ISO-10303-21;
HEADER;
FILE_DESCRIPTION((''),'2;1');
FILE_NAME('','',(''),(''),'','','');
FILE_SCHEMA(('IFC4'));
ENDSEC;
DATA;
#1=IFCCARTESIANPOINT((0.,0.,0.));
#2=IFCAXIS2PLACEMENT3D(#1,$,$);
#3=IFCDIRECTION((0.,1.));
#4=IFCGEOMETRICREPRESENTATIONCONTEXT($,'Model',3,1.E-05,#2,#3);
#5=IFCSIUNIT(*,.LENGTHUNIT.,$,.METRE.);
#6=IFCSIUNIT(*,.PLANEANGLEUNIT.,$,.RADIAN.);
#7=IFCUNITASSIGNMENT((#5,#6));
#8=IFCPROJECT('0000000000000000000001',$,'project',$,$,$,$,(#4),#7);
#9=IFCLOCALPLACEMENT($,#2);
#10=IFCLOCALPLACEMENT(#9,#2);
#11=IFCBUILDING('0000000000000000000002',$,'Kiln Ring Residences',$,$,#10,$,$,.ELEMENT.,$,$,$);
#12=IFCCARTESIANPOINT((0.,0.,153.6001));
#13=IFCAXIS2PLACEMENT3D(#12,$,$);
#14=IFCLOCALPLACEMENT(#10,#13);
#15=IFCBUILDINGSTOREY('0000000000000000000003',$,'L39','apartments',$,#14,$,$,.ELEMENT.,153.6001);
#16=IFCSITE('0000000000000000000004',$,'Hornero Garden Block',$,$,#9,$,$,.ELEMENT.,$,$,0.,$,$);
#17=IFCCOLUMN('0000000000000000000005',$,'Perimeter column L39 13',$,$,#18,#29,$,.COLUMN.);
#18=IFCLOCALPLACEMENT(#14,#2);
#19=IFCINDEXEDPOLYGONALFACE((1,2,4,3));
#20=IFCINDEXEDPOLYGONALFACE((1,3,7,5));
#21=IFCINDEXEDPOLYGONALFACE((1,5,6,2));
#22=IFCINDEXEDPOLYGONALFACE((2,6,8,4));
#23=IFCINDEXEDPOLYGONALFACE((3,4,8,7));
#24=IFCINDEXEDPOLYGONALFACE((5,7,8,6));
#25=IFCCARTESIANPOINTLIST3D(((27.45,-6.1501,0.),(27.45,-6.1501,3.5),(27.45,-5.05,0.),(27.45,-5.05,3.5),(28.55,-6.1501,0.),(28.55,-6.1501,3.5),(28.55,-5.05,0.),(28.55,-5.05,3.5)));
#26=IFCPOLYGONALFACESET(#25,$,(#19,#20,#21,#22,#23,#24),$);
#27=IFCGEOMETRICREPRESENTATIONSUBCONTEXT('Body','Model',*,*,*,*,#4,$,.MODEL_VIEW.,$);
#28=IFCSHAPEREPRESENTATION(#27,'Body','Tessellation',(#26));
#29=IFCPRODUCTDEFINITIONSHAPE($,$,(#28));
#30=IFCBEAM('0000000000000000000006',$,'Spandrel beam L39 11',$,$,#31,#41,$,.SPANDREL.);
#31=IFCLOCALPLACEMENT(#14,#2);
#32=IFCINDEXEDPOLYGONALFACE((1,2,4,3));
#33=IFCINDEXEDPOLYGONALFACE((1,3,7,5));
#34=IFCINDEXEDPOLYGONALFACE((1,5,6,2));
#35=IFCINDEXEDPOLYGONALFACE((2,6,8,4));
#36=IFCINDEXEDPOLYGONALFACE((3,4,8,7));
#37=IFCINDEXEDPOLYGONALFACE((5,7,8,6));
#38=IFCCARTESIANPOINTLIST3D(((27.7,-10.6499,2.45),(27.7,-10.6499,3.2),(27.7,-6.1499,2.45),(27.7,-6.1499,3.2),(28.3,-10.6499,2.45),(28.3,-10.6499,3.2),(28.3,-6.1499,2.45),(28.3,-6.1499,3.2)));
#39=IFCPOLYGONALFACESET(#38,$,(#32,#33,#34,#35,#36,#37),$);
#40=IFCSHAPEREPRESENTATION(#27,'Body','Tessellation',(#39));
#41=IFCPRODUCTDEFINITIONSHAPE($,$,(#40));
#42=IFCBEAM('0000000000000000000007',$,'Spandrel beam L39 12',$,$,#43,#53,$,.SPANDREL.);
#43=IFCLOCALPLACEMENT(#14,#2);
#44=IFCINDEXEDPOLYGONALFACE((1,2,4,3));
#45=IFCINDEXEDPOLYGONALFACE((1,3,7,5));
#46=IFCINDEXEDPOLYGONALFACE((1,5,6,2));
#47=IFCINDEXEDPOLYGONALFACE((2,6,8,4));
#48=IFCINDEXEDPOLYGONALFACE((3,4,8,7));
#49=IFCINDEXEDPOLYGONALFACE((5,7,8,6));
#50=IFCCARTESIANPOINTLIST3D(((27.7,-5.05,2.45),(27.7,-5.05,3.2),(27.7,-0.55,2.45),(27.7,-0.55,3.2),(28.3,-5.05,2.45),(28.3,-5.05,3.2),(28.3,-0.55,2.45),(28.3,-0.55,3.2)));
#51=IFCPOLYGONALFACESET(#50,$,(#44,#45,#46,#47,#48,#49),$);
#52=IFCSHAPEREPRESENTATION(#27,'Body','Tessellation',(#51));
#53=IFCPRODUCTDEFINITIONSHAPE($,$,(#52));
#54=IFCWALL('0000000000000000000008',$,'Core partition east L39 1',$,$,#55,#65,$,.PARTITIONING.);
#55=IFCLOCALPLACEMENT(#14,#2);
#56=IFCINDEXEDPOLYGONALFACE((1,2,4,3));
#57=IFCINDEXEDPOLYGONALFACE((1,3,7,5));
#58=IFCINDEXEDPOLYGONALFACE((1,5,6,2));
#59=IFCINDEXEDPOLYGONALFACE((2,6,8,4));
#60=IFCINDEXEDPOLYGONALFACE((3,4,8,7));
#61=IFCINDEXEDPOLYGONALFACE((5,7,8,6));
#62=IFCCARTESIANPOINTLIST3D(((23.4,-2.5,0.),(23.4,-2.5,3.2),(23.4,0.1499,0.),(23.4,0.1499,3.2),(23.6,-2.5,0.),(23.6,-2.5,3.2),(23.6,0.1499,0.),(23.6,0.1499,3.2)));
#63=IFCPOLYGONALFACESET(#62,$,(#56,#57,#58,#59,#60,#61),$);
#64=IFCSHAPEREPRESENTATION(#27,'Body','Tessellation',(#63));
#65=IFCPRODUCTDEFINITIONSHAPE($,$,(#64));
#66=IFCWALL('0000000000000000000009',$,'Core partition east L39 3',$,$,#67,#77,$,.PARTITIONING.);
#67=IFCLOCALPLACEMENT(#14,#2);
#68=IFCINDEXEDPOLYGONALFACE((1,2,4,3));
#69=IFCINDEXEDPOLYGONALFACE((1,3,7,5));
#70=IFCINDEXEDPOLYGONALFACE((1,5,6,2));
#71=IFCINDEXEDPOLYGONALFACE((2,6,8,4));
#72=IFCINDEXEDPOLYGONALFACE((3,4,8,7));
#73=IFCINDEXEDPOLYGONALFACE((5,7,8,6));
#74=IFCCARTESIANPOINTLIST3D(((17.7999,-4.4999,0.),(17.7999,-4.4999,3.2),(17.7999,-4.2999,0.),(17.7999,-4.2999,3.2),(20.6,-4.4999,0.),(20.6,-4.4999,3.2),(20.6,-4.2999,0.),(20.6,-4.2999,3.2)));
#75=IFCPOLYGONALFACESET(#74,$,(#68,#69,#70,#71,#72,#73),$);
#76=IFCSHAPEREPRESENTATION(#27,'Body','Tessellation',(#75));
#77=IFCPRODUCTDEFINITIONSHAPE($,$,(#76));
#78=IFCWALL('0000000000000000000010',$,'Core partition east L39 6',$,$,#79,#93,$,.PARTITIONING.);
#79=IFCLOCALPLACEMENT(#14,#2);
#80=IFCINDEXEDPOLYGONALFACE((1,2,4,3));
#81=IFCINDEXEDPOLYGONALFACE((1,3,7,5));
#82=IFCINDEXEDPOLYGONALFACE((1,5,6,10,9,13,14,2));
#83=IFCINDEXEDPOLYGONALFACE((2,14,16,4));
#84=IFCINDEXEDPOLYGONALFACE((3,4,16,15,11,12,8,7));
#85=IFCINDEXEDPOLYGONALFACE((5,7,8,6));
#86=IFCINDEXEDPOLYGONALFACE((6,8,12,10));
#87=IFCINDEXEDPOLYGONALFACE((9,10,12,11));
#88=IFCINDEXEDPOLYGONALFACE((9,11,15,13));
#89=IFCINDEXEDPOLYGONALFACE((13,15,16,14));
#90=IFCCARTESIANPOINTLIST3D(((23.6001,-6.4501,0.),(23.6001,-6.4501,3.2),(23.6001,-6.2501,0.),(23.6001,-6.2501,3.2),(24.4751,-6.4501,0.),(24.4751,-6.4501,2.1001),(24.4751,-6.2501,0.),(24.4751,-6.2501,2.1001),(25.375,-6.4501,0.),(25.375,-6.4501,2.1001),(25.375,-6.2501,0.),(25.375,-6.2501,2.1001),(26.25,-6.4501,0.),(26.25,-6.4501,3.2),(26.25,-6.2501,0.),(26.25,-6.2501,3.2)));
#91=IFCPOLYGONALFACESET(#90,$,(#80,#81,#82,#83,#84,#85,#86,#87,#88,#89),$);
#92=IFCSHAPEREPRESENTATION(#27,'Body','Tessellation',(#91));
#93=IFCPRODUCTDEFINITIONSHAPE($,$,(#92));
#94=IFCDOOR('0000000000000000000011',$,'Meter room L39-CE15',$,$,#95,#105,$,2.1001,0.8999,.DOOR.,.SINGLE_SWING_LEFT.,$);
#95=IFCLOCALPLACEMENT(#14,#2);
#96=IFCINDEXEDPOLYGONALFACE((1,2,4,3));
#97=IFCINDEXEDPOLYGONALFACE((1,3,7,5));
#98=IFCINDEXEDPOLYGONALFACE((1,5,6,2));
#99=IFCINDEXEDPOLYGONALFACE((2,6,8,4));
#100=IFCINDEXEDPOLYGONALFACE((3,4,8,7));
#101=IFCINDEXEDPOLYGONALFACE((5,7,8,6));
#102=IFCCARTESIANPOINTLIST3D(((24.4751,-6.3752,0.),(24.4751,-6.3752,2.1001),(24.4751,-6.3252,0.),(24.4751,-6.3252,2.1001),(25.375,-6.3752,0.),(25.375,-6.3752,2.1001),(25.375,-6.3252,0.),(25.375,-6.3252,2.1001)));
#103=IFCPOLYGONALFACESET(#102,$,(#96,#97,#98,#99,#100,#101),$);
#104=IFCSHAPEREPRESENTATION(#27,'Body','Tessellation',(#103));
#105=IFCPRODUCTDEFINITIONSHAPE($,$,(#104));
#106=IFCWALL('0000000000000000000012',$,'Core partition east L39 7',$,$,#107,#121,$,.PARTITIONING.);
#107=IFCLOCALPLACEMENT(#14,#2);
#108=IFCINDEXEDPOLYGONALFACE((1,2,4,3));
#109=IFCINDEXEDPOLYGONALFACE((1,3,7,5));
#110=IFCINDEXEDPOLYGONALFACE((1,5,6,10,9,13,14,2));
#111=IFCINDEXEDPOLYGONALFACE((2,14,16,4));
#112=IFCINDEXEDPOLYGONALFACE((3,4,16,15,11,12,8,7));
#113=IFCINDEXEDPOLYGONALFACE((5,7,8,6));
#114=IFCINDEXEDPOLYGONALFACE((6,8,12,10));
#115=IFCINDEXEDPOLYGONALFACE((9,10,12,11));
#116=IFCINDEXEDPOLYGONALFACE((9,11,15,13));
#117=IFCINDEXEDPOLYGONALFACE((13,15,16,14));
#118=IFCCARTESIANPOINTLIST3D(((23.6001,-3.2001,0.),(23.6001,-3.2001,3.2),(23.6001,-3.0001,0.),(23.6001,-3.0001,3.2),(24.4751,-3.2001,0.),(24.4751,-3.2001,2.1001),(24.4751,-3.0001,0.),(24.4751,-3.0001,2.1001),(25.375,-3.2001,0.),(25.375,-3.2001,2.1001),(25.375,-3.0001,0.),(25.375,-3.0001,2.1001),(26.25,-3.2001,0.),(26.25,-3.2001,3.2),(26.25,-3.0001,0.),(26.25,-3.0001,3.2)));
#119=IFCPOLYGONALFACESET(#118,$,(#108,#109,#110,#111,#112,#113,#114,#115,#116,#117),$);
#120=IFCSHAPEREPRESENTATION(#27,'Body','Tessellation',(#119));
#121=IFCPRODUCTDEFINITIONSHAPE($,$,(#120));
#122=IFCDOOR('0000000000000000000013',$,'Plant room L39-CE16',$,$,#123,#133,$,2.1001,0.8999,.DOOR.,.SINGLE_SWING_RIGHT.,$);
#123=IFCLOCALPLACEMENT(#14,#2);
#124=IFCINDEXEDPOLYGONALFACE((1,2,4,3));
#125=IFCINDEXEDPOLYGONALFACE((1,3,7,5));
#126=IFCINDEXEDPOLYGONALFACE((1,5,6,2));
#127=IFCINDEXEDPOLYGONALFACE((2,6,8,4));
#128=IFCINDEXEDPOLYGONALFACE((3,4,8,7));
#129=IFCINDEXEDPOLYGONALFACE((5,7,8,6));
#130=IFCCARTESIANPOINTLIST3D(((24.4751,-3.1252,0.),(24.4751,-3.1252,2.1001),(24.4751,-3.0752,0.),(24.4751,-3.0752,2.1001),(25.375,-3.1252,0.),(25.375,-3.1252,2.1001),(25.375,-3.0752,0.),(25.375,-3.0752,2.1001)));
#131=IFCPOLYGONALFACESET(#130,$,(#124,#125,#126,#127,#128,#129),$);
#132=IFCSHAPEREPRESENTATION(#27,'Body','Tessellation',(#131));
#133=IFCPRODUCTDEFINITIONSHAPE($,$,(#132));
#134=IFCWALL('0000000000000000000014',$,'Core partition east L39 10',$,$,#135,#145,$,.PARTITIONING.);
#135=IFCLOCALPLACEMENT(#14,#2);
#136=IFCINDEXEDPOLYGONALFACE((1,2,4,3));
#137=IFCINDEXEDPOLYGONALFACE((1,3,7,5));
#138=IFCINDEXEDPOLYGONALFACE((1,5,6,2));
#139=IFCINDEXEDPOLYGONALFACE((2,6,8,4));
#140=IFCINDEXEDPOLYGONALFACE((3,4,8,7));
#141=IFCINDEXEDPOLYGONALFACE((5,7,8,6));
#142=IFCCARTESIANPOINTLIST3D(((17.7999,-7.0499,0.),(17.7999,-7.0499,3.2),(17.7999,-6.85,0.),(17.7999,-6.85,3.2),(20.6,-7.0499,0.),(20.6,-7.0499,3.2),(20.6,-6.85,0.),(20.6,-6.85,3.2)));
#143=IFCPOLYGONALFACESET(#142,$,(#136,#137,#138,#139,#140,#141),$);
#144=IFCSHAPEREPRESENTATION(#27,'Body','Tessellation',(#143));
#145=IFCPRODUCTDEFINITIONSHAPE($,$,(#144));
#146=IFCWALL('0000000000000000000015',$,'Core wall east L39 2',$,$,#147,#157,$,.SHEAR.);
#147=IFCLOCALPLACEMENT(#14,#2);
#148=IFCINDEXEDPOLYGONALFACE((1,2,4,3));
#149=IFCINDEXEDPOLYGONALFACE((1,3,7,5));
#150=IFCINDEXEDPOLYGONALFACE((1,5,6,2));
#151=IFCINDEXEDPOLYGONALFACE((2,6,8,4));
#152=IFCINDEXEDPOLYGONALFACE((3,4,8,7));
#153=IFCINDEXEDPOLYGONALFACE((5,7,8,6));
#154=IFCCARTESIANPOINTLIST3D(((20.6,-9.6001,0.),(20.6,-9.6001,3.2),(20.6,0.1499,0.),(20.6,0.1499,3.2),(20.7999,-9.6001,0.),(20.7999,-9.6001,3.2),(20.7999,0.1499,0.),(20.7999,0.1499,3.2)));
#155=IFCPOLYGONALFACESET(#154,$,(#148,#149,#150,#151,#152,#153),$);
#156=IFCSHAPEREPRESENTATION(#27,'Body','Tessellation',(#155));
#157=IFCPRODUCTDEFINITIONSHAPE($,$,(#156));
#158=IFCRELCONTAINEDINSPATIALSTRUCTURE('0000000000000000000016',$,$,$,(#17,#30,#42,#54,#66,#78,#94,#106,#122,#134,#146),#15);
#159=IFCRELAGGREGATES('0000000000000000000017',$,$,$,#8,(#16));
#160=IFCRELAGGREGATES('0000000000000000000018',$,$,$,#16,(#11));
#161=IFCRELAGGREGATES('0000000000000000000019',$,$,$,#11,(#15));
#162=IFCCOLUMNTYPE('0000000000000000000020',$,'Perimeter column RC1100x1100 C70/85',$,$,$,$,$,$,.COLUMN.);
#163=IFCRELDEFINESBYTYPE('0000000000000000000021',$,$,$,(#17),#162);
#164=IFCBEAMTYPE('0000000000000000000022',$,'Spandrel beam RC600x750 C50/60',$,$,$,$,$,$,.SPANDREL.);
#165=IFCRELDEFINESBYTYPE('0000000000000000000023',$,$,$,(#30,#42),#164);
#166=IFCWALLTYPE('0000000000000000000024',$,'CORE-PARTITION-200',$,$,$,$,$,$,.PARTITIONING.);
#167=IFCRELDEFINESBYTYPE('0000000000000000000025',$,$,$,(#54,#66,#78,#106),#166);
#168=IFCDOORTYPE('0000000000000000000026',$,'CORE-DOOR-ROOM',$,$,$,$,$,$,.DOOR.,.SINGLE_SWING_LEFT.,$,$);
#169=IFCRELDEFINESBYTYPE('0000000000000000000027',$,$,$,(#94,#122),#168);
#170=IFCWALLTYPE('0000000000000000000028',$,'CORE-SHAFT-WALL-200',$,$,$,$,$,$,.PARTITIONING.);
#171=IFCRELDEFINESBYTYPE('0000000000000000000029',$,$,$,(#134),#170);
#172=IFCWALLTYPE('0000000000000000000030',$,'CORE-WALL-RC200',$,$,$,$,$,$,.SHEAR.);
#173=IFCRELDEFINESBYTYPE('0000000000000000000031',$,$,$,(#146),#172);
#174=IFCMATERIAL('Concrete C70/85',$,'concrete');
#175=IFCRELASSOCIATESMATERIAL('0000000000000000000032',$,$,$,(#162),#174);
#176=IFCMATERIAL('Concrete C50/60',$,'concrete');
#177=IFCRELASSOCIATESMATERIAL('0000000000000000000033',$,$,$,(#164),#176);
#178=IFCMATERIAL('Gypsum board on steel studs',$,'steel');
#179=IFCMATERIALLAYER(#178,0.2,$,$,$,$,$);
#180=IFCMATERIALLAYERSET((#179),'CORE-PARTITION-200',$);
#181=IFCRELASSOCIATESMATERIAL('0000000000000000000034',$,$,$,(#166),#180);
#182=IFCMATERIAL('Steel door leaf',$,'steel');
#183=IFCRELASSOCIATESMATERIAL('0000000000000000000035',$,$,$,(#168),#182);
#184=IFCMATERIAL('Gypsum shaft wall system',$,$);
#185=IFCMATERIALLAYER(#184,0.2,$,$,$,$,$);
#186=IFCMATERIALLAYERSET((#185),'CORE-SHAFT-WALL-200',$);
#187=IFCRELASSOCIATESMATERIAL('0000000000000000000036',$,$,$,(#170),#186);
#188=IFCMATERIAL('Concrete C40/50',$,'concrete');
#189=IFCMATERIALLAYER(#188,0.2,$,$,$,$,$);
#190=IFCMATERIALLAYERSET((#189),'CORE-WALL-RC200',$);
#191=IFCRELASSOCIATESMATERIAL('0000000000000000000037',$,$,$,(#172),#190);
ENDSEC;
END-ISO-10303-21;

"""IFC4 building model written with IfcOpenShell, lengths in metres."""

from ifc_helpers import new_model, si_unit, direction, frame, frame_2d, origin, origin_2d, place, context, subcontext, project, spatial, rectangle, extrude, material, layer, layer_set, material_profile, profile_set, type_object, element, fill, save


model = new_model("IFC4")

# Units and contexts
model_context = context("Model", 3, precision=1e-05, world=origin(), true_north=direction((0.0, 1.0)))
body_context = subcontext(model_context, "Body", "Model", "MODEL_VIEW")
ifc_project = project(units=[si_unit("LENGTHUNIT", "METRE"), si_unit("PLANEANGLEUNIT", "RADIAN")], contexts=[model_context])

# Site, building, storey
site_placement = place(None, origin())
site = spatial("IfcSite", under=ifc_project, at=site_placement, Name="Hornero Garden Block", CompositionType="ELEMENT", RefElevation=0.0)
building_placement = place(site_placement, origin())
building = spatial("IfcBuilding", under=site, at=building_placement, Name="Kiln Ring Residences", CompositionType="ELEMENT")
storey_placement = place(building_placement, frame((0.0, 0.0, 153.6001)))
storey = spatial("IfcBuildingStorey", under=building, at=storey_placement, Name="L39", Description="apartments", CompositionType="ELEMENT", Elevation=153.6001)

# Column
ifc_material_1 = material(Name="Concrete C70/85", Category="concrete")
ifc_material_profile_1 = material_profile(ifc_material_1, rectangle(XDim=1.1001, YDim=1.1001, at=origin_2d()), Name="RC1100x1100")
ifc_profile_set_1 = profile_set([ifc_material_profile_1], Name="Concrete C70/85")
column_type = type_object("IfcColumnType", Name="Perimeter column RC1100x1100 C70/85", PredefinedType="COLUMN", material=ifc_profile_set_1)
column_placement = place(storey_placement, frame((28.0, -5.6001, 0.0), z_axis=(0.0, 0.0, 1.0), x_axis=(1.0, 0.0, 0.0)))
element("IfcColumn", 1, at=column_placement, inside=storey, type_object=column_type, Name="Perimeter column L39 13", PredefinedType="COLUMN", context=body_context, shape_type="SweptSolid", body=[
    extrude(rectangle(XDim=1.1001, YDim=1.1001, at=origin_2d()), origin(), (0.0, 0.0, 1.0), 3.5),
])

# Beams
ifc_material_2 = material(Name="Concrete C50/60", Category="concrete")
ifc_material_profile_2 = material_profile(ifc_material_2, rectangle(XDim=0.6001, YDim=0.75, at=origin_2d()), Name="RC600x750")
ifc_profile_set_2 = profile_set([ifc_material_profile_2], Name="Concrete C50/60")
beam_type = type_object("IfcBeamType", Name="Spandrel beam RC600x750 C50/60", PredefinedType="SPANDREL", material=ifc_profile_set_2)
for number, where, z_axis, x_axis, name in (
    (2, (28.0, -10.6499, 2.825), (0.0, 1.0, 0.0), (-1.0, 0.0, 0.0), "Spandrel beam L39 11"),
    (3, (28.0, -5.05, 2.825), (0.0, 1.0, 0.0), (-1.0, 0.0, 0.0), "Spandrel beam L39 12"),
):
    element("IfcBeam", number, at=place(storey_placement, frame(where, z_axis=z_axis, x_axis=x_axis)), inside=storey, type_object=beam_type, Name=name, PredefinedType="SPANDREL", context=body_context, shape_type="SweptSolid", body=[
        extrude(rectangle(XDim=0.6001, YDim=0.75, at=origin_2d()), origin(), (0.0, 0.0, 1.0), 4.5),
    ])

# Walls
ifc_material_3 = material(Name="Gypsum board on steel studs", Category="steel")
ifc_layer_1 = layer(ifc_material_3, 0.2)
ifc_layer_set_1 = layer_set([ifc_layer_1], Name="CORE-PARTITION-200")
wall_type_1 = type_object("IfcWallType", Name="CORE-PARTITION-200", PredefinedType="PARTITIONING", material=ifc_layer_set_1)
wall_1_placement = place(storey_placement, frame((23.5, -2.5, 0.0), z_axis=(0.0, 0.0, 1.0), x_axis=(0.0, 1.0, 0.0)))
element("IfcWall", 4, at=wall_1_placement, inside=storey, type_object=wall_type_1, Name="Core partition east L39 1", PredefinedType="PARTITIONING", context=body_context, shape_type="SweptSolid", body=[
    extrude(rectangle(XDim=2.6499, YDim=0.2, at=frame_2d((1.325, 0.0))), origin(), (0.0, 0.0, 1.0), 3.2),
])
wall_2_placement = place(storey_placement, frame((17.8, -4.3999, 0.0), z_axis=(0.0, 0.0, 1.0), x_axis=(1.0, 0.0, 0.0)))
element("IfcWall", 5, at=wall_2_placement, inside=storey, type_object=wall_type_1, Name="Core partition east L39 3", PredefinedType="PARTITIONING", context=body_context, shape_type="SweptSolid", body=[
    extrude(rectangle(XDim=2.8, YDim=0.2, at=frame_2d((1.3999, 0.0))), origin(), (0.0, 0.0, 1.0), 3.2),
])

# Walls, openings, doors
wall_3_placement = place(storey_placement, frame((23.6001, -6.3501, 0.0), z_axis=(0.0, 0.0, 1.0), x_axis=(1.0, 0.0, 0.0)))
wall_3 = element("IfcWall", 6, at=wall_3_placement, inside=storey, type_object=wall_type_1, Name="Core partition east L39 6", PredefinedType="PARTITIONING", context=body_context, shape_type="SweptSolid", body=[
    extrude(rectangle(XDim=2.6499, YDim=0.2, at=frame_2d((1.325, 0.0))), origin(), (0.0, 0.0, 1.0), 3.2),
])
opening_1_placement = place(wall_3_placement, frame((0.875, 0.0, 0.0)))
opening_1 = element("IfcOpeningElement", 7, at=opening_1_placement, cuts=wall_3, PredefinedType="OPENING", context=body_context, shape_type="SweptSolid", body=[
    extrude(rectangle(XDim=0.8999, YDim=2.1001, at=frame_2d((0.45, 1.05))), frame((0.0, 0.1099, 0.0), z_axis=(0.0, -1.0, 0.0), x_axis=(1.0, 0.0, 0.0)), (0.0, 0.0, 1.0), 0.22),
])
ifc_material_4 = material(Name="Steel door leaf", Category="steel")
door_type_1 = type_object("IfcDoorType", Name="CORE-DOOR-ROOM", OperationType="SINGLE_SWING_LEFT", PredefinedType="DOOR", material=ifc_material_4)
door_1_placement = place(opening_1_placement, origin())
door_1 = element("IfcDoor", 8, at=door_1_placement, inside=storey, type_object=door_type_1, Name="Meter room L39-CE15", OperationType="SINGLE_SWING_LEFT", OverallHeight=2.1001, OverallWidth=0.8999, PredefinedType="DOOR", context=body_context, shape_type="SweptSolid", body=[
    extrude(rectangle(XDim=0.8999, YDim=2.1001, at=frame_2d((0.45, 1.05))), frame((0.0, 0.0249, 0.0), z_axis=(0.0, -1.0, 0.0), x_axis=(1.0, 0.0, 0.0)), (0.0, 0.0, 1.0), 0.05),
])
fill(opening_1, door_1)
wall_4_placement = place(storey_placement, frame((23.6001, -3.1001, 0.0), z_axis=(0.0, 0.0, 1.0), x_axis=(1.0, 0.0, 0.0)))
wall_4 = element("IfcWall", 9, at=wall_4_placement, inside=storey, type_object=wall_type_1, Name="Core partition east L39 7", PredefinedType="PARTITIONING", context=body_context, shape_type="SweptSolid", body=[
    extrude(rectangle(XDim=2.6499, YDim=0.2, at=frame_2d((1.325, 0.0))), origin(), (0.0, 0.0, 1.0), 3.2),
])
opening_2_placement = place(wall_4_placement, frame((0.875, 0.0, 0.0)))
opening_2 = element("IfcOpeningElement", 10, at=opening_2_placement, cuts=wall_4, PredefinedType="OPENING", context=body_context, shape_type="SweptSolid", body=[
    extrude(rectangle(XDim=0.8999, YDim=2.1001, at=frame_2d((0.45, 1.05))), frame((0.0, 0.1099, 0.0), z_axis=(0.0, -1.0, 0.0), x_axis=(1.0, 0.0, 0.0)), (0.0, 0.0, 1.0), 0.22),
])
door_2_placement = place(opening_2_placement, origin())
door_2 = element("IfcDoor", 11, at=door_2_placement, inside=storey, type_object=door_type_1, Name="Plant room L39-CE16", OperationType="SINGLE_SWING_RIGHT", OverallHeight=2.1001, OverallWidth=0.8999, PredefinedType="DOOR", context=body_context, shape_type="SweptSolid", body=[
    extrude(rectangle(XDim=0.8999, YDim=2.1001, at=frame_2d((0.45, 1.05))), frame((0.0, 0.0249, 0.0), z_axis=(0.0, -1.0, 0.0), x_axis=(1.0, 0.0, 0.0)), (0.0, 0.0, 1.0), 0.05),
])
fill(opening_2, door_2)

# Walls
ifc_material_5 = material(Name="Gypsum shaft wall system")
ifc_layer_2 = layer(ifc_material_5, 0.2)
ifc_layer_set_2 = layer_set([ifc_layer_2], Name="CORE-SHAFT-WALL-200")
wall_type_2 = type_object("IfcWallType", Name="CORE-SHAFT-WALL-200", PredefinedType="PARTITIONING", material=ifc_layer_set_2)
wall_5_placement = place(storey_placement, frame((17.8, -6.95, 0.0), z_axis=(0.0, 0.0, 1.0), x_axis=(1.0, 0.0, 0.0)))
element("IfcWall", 12, at=wall_5_placement, inside=storey, type_object=wall_type_2, Name="Core partition east L39 10", PredefinedType="PARTITIONING", context=body_context, shape_type="SweptSolid", body=[
    extrude(rectangle(XDim=2.8, YDim=0.2, at=frame_2d((1.3999, 0.0))), origin(), (0.0, 0.0, 1.0), 3.2),
])
ifc_material_6 = material(Name="Concrete C40/50", Category="concrete")
ifc_layer_3 = layer(ifc_material_6, 0.2)
ifc_layer_set_3 = layer_set([ifc_layer_3], Name="CORE-WALL-RC200")
wall_type_3 = type_object("IfcWallType", Name="CORE-WALL-RC200", PredefinedType="SHEAR", material=ifc_layer_set_3)
wall_6_placement = place(storey_placement, frame((20.7, -9.6001, 0.0), z_axis=(0.0, 0.0, 1.0), x_axis=(0.0, 1.0, 0.0)))
element("IfcWall", 13, at=wall_6_placement, inside=storey, type_object=wall_type_3, Name="Core wall east L39 2", PredefinedType="SHEAR", context=body_context, shape_type="SweptSolid", body=[
    extrude(rectangle(XDim=9.75, YDim=0.2, at=frame_2d((4.875, 0.0))), origin(), (0.0, 0.0, 1.0), 3.2),
])

save(model, "model.ifc")
